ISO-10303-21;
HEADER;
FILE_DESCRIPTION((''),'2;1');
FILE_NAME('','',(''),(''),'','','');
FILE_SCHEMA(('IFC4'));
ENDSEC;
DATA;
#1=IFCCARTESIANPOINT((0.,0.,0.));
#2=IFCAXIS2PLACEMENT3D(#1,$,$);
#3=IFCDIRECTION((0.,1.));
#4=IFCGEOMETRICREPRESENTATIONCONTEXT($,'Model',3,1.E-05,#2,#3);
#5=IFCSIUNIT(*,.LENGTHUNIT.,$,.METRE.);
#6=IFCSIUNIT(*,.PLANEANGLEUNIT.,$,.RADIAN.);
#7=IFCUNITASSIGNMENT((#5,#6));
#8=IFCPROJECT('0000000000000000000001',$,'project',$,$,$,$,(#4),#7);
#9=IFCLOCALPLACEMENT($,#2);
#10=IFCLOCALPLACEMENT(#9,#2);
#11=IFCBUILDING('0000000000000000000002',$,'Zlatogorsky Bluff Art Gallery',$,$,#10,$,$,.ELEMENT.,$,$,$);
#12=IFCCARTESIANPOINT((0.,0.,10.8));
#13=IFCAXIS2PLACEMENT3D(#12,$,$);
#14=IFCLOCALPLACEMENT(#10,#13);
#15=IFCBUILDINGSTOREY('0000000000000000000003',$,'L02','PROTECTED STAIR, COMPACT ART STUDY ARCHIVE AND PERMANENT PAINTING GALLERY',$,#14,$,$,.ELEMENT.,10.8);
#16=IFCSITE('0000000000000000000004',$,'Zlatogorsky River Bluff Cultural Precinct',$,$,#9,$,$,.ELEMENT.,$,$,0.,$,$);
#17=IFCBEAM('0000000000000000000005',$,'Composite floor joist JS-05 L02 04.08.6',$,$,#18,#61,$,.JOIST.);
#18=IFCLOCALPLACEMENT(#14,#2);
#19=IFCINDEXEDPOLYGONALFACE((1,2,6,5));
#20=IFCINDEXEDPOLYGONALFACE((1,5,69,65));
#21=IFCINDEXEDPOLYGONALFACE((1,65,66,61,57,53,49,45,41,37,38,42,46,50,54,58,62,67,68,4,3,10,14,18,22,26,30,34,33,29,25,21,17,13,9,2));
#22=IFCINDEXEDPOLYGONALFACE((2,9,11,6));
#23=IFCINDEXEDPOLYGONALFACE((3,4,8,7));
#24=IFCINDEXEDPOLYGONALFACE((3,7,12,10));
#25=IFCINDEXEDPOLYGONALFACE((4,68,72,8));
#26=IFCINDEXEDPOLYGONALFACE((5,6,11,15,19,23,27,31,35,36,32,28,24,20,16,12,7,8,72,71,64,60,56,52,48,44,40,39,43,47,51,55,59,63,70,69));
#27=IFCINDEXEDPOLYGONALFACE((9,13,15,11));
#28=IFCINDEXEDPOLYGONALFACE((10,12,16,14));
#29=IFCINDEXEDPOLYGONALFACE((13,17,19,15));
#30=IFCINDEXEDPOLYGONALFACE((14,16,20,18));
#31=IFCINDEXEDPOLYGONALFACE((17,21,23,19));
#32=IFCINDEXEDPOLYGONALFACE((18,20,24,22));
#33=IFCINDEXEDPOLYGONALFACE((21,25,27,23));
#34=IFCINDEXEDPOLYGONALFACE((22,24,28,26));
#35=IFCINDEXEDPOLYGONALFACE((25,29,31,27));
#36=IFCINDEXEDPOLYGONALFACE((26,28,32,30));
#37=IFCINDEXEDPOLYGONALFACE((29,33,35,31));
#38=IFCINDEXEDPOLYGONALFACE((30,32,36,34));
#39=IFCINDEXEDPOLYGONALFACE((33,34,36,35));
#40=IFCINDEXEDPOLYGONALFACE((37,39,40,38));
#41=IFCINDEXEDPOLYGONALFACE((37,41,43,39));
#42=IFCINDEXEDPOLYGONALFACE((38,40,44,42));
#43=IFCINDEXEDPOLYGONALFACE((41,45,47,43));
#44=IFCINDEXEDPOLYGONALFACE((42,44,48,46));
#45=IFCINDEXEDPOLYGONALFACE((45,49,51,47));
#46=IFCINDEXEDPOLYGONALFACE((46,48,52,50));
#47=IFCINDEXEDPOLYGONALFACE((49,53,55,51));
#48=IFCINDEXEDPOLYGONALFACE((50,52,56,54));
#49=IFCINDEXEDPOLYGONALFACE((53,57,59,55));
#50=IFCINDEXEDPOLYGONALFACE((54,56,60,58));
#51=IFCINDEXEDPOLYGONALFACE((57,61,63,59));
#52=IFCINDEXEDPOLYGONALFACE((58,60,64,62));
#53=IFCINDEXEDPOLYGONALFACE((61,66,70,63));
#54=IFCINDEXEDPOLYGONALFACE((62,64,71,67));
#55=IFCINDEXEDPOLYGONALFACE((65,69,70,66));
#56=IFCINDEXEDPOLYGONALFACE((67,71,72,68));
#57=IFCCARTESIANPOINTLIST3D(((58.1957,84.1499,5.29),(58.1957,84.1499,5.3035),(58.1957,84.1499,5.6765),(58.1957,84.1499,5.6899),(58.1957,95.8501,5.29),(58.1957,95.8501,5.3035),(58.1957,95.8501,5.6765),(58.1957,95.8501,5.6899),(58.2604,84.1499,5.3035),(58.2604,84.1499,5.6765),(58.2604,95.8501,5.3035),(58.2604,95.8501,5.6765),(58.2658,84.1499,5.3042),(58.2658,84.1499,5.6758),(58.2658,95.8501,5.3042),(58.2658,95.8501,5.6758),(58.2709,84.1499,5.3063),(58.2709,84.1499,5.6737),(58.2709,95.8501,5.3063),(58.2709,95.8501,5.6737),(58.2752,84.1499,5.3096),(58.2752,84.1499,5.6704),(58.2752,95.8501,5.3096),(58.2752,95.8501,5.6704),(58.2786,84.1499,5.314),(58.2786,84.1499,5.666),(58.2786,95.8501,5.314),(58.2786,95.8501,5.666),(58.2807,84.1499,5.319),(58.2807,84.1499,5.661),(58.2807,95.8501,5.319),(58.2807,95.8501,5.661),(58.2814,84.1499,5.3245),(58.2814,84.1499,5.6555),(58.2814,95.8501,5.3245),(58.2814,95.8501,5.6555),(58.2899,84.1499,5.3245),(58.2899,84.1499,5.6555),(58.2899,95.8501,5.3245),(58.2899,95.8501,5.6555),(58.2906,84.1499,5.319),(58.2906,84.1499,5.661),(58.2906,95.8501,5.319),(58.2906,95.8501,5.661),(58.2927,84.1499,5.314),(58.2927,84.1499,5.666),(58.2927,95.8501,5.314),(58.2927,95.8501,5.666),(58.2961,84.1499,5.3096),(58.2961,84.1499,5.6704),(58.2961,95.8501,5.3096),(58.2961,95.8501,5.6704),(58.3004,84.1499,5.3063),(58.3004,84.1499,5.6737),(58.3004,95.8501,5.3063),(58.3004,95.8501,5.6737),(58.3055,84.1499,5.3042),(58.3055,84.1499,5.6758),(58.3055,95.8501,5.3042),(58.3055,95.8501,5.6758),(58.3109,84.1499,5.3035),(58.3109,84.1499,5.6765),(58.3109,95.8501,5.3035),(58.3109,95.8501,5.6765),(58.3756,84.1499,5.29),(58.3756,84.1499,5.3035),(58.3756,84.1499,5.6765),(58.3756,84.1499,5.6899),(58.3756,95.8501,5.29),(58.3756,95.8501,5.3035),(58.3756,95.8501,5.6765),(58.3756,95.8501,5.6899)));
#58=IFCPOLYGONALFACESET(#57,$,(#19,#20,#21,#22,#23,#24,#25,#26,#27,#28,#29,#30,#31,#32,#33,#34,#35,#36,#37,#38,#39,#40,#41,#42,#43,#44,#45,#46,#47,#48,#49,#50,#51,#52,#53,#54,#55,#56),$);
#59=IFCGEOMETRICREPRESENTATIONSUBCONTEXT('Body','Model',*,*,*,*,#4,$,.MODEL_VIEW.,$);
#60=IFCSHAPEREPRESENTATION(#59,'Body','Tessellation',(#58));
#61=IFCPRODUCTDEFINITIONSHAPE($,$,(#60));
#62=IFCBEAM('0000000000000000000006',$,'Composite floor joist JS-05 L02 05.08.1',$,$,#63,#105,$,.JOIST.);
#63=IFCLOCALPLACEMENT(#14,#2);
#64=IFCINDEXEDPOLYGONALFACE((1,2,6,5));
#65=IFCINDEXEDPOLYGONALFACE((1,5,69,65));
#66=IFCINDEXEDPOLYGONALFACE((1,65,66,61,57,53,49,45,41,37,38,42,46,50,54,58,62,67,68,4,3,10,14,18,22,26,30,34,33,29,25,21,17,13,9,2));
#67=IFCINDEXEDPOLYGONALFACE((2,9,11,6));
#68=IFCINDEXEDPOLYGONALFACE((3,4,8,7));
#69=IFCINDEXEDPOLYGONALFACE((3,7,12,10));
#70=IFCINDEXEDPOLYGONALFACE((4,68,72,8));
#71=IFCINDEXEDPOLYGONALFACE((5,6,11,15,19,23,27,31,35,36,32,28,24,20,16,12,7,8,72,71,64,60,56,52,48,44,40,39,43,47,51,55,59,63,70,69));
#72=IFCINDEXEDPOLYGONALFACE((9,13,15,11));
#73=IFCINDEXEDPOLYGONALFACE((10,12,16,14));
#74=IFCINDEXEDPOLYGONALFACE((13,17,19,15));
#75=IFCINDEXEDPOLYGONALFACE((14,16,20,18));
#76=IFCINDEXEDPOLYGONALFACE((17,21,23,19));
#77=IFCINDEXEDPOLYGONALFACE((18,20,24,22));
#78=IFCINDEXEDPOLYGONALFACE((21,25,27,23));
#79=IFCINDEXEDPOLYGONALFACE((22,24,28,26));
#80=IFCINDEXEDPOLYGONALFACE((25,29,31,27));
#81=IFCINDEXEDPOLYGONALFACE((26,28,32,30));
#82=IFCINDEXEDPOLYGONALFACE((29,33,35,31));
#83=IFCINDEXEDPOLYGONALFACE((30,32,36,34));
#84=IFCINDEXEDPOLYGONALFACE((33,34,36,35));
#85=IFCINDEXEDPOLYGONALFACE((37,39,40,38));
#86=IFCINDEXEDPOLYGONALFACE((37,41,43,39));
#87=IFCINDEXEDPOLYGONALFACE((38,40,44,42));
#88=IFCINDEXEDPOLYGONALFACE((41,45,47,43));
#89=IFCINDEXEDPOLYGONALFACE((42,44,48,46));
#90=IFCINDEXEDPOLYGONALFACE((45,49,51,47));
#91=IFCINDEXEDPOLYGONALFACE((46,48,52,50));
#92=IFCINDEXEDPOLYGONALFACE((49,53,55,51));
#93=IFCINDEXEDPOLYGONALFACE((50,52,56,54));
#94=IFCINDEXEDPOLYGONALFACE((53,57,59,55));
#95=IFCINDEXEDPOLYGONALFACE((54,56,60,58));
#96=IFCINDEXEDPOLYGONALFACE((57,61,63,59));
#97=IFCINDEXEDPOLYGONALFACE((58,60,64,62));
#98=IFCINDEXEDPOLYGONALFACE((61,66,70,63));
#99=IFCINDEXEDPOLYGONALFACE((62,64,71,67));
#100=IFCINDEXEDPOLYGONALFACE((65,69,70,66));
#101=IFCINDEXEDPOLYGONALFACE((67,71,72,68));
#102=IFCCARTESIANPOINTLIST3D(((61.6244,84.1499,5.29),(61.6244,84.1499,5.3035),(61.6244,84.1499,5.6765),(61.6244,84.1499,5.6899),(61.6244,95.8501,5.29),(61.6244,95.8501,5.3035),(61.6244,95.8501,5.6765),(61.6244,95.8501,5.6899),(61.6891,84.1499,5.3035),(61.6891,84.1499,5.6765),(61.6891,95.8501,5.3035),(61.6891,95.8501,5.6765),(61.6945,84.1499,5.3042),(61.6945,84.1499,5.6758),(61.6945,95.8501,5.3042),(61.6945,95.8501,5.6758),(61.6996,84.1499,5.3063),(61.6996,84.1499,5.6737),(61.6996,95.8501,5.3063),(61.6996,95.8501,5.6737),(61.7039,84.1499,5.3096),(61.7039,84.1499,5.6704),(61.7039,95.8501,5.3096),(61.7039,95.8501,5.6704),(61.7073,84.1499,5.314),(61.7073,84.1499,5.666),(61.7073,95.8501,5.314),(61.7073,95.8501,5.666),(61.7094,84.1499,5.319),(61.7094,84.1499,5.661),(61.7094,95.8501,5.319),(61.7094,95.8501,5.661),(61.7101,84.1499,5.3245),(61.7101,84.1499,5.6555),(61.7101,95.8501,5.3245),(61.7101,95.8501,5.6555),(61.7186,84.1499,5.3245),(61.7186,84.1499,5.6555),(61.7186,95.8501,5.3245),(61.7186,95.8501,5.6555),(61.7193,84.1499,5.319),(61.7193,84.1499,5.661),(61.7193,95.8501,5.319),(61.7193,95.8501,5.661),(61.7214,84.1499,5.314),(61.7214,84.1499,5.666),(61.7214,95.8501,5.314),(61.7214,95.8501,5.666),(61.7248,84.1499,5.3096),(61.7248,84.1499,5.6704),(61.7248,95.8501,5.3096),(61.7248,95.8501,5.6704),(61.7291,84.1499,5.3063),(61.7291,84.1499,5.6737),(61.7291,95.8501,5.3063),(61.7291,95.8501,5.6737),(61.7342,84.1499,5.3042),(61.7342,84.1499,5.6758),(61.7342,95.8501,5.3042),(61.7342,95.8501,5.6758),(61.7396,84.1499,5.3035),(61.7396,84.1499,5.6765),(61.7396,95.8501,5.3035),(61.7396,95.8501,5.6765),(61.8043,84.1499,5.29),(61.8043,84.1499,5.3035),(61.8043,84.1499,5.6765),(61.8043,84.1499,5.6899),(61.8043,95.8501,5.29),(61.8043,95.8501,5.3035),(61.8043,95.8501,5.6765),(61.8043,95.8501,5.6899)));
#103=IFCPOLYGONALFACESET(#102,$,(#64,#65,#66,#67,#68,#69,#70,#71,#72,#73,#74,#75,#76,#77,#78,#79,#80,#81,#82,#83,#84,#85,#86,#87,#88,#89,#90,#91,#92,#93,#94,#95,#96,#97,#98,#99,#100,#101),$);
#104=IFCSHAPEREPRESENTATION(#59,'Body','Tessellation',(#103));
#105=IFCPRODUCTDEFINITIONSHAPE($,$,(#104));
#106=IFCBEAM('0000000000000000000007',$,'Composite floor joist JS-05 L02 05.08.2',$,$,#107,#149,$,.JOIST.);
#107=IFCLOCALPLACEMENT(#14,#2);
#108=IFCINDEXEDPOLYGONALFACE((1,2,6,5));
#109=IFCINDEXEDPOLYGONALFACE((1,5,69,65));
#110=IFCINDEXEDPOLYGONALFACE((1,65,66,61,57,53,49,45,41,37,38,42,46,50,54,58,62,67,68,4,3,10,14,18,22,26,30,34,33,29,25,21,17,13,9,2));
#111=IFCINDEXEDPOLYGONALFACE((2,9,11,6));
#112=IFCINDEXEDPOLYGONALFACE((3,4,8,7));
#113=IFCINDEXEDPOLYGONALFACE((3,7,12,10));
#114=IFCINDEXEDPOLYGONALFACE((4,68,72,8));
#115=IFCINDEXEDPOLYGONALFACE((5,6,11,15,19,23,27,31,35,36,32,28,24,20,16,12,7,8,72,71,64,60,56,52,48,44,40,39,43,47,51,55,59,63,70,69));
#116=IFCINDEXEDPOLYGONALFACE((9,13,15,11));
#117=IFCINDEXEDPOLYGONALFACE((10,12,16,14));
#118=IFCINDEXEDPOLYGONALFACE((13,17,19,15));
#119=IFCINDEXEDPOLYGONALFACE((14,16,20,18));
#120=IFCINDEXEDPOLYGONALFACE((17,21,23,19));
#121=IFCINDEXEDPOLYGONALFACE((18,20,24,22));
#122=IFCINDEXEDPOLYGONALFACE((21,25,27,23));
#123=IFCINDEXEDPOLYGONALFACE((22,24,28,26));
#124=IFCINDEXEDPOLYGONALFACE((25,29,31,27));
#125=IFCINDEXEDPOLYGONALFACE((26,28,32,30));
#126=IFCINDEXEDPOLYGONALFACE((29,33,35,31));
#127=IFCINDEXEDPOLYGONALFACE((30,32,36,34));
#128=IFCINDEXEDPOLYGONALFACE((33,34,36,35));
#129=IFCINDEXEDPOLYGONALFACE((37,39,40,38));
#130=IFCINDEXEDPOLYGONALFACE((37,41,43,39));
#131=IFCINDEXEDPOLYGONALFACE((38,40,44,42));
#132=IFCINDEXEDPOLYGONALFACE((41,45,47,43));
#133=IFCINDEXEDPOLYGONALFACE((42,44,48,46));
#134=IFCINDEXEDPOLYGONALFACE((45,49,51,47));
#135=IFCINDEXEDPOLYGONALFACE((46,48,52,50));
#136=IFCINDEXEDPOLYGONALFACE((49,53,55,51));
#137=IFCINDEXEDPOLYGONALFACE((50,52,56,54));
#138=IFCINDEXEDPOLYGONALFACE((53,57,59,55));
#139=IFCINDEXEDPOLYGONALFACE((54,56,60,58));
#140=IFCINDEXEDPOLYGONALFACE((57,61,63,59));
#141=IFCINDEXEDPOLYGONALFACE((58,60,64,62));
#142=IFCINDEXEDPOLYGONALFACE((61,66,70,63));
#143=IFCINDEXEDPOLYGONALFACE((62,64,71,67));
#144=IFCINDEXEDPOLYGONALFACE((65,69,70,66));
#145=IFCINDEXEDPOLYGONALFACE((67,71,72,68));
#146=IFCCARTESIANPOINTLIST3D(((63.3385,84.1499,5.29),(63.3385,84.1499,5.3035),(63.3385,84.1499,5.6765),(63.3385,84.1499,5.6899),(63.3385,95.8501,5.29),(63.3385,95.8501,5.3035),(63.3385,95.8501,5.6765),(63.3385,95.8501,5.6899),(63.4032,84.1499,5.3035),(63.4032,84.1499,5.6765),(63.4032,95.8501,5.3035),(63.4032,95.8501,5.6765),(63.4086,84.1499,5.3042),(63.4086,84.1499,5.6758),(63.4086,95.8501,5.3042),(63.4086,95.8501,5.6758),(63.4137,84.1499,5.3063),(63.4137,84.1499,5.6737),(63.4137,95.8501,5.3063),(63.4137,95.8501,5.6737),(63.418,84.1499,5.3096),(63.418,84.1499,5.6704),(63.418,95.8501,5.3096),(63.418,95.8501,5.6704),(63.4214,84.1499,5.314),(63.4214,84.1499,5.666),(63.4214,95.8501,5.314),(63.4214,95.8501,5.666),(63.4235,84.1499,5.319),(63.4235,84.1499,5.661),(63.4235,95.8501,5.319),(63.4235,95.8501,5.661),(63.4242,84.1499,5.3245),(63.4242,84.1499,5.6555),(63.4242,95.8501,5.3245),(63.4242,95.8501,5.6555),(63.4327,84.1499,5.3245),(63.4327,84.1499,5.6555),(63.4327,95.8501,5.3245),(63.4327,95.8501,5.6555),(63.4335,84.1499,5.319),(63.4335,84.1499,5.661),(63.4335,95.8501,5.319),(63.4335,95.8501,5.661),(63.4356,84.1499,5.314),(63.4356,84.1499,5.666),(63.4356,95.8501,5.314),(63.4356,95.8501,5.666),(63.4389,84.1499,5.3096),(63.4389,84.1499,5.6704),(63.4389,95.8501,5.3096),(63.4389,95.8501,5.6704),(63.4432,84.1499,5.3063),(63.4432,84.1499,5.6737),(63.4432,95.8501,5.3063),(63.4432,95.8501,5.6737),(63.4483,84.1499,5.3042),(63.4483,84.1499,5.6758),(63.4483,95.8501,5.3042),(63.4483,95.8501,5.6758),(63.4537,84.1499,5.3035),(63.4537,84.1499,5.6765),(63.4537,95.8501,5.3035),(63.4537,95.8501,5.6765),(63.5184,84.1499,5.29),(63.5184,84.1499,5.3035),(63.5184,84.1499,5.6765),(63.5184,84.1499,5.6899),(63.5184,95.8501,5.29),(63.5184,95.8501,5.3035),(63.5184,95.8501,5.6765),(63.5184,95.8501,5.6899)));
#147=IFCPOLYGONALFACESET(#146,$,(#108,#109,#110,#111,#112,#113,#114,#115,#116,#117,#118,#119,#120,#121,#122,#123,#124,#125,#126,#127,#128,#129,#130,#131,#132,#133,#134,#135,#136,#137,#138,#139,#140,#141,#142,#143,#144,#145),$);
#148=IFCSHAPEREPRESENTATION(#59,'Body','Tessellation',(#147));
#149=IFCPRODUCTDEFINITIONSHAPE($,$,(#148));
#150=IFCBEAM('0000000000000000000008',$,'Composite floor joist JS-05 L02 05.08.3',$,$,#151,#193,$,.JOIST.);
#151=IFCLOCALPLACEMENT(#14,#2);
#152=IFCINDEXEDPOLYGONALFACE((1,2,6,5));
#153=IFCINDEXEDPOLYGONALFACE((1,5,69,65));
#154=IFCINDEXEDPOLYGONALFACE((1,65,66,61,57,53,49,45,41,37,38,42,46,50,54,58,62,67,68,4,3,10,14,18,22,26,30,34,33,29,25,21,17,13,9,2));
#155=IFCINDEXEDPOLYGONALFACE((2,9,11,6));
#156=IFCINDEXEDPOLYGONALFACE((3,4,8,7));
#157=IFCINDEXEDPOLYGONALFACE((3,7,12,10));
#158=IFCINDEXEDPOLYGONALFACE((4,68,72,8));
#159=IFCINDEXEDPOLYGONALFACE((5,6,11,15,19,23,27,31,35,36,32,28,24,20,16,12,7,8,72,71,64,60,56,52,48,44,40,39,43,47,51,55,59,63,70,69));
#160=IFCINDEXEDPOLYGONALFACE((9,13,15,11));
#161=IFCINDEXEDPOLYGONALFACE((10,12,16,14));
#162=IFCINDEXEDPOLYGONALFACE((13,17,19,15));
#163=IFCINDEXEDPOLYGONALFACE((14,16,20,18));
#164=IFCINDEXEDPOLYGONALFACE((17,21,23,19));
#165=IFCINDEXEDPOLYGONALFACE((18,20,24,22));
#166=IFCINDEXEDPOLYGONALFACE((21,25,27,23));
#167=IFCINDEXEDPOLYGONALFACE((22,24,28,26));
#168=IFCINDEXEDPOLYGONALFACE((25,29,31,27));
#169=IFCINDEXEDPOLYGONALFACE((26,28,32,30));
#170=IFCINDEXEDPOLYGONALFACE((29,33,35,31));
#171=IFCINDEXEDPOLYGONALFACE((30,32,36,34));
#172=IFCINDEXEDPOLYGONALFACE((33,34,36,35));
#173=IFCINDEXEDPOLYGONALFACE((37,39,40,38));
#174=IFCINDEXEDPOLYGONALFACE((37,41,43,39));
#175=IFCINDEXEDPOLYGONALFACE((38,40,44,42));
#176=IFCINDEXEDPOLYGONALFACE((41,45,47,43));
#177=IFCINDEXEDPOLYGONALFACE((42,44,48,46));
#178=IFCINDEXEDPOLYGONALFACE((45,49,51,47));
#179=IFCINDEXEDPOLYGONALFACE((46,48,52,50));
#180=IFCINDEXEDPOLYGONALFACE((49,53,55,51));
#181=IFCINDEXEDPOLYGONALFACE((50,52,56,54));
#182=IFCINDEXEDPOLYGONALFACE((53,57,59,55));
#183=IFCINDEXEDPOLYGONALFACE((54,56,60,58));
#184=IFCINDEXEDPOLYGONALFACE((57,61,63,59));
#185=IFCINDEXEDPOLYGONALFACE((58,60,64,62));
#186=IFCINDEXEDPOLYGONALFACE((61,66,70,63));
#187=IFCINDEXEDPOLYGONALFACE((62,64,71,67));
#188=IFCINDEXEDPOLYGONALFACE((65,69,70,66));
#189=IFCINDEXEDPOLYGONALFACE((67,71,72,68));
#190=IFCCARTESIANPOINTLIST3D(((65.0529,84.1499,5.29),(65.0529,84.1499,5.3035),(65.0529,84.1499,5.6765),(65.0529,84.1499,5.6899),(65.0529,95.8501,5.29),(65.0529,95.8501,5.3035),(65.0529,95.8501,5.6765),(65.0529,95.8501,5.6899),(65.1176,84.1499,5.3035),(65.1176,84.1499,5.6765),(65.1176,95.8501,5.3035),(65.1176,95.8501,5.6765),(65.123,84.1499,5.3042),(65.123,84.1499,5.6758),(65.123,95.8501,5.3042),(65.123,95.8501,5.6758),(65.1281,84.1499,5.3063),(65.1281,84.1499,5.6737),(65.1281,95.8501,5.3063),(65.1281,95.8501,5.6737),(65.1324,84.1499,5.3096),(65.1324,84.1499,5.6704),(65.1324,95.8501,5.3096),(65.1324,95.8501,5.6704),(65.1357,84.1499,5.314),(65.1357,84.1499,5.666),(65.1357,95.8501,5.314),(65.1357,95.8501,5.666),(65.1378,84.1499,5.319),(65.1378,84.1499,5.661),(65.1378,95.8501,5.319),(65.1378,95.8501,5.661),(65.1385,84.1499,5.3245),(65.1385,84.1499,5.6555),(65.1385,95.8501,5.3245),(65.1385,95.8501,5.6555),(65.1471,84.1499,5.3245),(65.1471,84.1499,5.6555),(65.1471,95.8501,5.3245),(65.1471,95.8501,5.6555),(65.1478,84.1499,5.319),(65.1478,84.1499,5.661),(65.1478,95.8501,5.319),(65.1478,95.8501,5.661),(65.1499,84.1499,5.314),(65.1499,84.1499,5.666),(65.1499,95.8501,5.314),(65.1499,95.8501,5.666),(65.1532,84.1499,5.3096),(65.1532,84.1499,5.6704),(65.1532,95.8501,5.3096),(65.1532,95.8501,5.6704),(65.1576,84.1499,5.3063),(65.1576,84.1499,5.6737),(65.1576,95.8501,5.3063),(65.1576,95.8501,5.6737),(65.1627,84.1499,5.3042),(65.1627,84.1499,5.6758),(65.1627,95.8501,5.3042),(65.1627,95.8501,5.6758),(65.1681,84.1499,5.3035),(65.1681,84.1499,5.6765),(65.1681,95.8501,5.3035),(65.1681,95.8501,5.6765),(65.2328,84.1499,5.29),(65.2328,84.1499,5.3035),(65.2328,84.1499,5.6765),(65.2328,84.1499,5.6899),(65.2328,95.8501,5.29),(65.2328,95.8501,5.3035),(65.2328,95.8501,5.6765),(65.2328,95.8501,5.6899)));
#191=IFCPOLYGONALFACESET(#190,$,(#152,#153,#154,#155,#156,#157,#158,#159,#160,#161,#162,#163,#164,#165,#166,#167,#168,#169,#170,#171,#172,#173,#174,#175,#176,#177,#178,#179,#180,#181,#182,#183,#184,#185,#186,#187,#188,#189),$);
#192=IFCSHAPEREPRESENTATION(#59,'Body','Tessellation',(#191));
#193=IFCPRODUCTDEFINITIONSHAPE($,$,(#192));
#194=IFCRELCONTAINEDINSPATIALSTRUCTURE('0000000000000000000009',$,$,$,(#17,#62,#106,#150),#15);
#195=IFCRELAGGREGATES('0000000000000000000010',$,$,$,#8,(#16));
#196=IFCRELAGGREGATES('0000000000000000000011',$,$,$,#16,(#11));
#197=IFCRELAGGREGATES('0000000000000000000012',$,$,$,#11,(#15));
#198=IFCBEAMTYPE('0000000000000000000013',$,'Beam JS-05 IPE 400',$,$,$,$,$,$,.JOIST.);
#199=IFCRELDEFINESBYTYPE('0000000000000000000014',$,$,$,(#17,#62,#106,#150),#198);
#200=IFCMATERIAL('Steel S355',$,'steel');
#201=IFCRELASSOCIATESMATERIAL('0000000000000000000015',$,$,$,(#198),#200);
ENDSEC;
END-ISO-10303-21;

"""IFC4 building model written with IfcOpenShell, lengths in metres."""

from ifc_helpers import new_model, si_unit, direction, frame, origin, origin_2d, place, context, subcontext, project, spatial, i_section, extrude, material, material_profile, profile_set, type_object, element, save


model = new_model("IFC4")

# Units and contexts
model_context = context("Model", 3, precision=1e-05, world=origin(), true_north=direction((0.0, 1.0)))
body_context = subcontext(model_context, "Body", "Model", "MODEL_VIEW")
ifc_project = project(units=[si_unit("LENGTHUNIT", "METRE"), si_unit("PLANEANGLEUNIT", "RADIAN")], contexts=[model_context])

# Site, building, storey
site_placement = place(None, origin())
site = spatial("IfcSite", under=ifc_project, at=site_placement, Name="Zlatogorsky River Bluff Cultural Precinct", CompositionType="ELEMENT", RefElevation=0.0)
building_placement = place(site_placement, origin())
building = spatial("IfcBuilding", under=site, at=building_placement, Name="Zlatogorsky Bluff Art Gallery", CompositionType="ELEMENT")
storey_placement = place(building_placement, frame((0.0, 0.0, 10.8)))
storey = spatial("IfcBuildingStorey", under=building, at=storey_placement, Name="L02", Description="PROTECTED STAIR, COMPACT ART STUDY ARCHIVE AND PERMANENT PAINTING GALLERY", CompositionType="ELEMENT", Elevation=10.8)

# Shared definitions
ifc_material_1 = material(Name="Steel S355", Category="steel")

# Beams
ifc_material_profile_1 = material_profile(ifc_material_1, i_section(OverallWidth=0.1799, OverallDepth=0.3999, WebThickness=0.0085, FlangeThickness=0.0134, FilletRadius=0.021, at=origin_2d()), Name="IPE 400")
ifc_profile_set_1 = profile_set([ifc_material_profile_1], Name="Steel S355")
beam_type_1 = type_object("IfcBeamType", Name="Beam JS-05 IPE 400", PredefinedType="JOIST", material=ifc_profile_set_1)
for number, where, z_axis, x_axis, name in (
    (1, (58.2856, 84.1499, 5.49), (0.0, 1.0, 0.0), (-1.0, 0.0, 0.0), "Composite floor joist JS-05 L02 04.08.6"),
    (2, (61.7144, 84.1499, 5.49), (0.0, 1.0, 0.0), (-1.0, 0.0, 0.0), "Composite floor joist JS-05 L02 05.08.1"),
    (3, (63.4285, 84.1499, 5.49), (0.0, 1.0, 0.0), (-1.0, 0.0, 0.0), "Composite floor joist JS-05 L02 05.08.2"),
    (4, (65.1428, 84.1499, 5.49), (0.0, 1.0, 0.0), (-1.0, 0.0, 0.0), "Composite floor joist JS-05 L02 05.08.3"),
):
    element("IfcBeam", number, at=place(storey_placement, frame(where, z_axis=z_axis, x_axis=x_axis)), inside=storey, type_object=beam_type_1, Name=name, PredefinedType="JOIST", context=body_context, shape_type="SweptSolid", body=[
        extrude(i_section(OverallWidth=0.1799, OverallDepth=0.3999, WebThickness=0.0085, FlangeThickness=0.0134, FilletRadius=0.021, at=origin_2d()), origin(), (0.0, 0.0, 1.0), 11.7002),
    ])

save(model, "model.ifc")
